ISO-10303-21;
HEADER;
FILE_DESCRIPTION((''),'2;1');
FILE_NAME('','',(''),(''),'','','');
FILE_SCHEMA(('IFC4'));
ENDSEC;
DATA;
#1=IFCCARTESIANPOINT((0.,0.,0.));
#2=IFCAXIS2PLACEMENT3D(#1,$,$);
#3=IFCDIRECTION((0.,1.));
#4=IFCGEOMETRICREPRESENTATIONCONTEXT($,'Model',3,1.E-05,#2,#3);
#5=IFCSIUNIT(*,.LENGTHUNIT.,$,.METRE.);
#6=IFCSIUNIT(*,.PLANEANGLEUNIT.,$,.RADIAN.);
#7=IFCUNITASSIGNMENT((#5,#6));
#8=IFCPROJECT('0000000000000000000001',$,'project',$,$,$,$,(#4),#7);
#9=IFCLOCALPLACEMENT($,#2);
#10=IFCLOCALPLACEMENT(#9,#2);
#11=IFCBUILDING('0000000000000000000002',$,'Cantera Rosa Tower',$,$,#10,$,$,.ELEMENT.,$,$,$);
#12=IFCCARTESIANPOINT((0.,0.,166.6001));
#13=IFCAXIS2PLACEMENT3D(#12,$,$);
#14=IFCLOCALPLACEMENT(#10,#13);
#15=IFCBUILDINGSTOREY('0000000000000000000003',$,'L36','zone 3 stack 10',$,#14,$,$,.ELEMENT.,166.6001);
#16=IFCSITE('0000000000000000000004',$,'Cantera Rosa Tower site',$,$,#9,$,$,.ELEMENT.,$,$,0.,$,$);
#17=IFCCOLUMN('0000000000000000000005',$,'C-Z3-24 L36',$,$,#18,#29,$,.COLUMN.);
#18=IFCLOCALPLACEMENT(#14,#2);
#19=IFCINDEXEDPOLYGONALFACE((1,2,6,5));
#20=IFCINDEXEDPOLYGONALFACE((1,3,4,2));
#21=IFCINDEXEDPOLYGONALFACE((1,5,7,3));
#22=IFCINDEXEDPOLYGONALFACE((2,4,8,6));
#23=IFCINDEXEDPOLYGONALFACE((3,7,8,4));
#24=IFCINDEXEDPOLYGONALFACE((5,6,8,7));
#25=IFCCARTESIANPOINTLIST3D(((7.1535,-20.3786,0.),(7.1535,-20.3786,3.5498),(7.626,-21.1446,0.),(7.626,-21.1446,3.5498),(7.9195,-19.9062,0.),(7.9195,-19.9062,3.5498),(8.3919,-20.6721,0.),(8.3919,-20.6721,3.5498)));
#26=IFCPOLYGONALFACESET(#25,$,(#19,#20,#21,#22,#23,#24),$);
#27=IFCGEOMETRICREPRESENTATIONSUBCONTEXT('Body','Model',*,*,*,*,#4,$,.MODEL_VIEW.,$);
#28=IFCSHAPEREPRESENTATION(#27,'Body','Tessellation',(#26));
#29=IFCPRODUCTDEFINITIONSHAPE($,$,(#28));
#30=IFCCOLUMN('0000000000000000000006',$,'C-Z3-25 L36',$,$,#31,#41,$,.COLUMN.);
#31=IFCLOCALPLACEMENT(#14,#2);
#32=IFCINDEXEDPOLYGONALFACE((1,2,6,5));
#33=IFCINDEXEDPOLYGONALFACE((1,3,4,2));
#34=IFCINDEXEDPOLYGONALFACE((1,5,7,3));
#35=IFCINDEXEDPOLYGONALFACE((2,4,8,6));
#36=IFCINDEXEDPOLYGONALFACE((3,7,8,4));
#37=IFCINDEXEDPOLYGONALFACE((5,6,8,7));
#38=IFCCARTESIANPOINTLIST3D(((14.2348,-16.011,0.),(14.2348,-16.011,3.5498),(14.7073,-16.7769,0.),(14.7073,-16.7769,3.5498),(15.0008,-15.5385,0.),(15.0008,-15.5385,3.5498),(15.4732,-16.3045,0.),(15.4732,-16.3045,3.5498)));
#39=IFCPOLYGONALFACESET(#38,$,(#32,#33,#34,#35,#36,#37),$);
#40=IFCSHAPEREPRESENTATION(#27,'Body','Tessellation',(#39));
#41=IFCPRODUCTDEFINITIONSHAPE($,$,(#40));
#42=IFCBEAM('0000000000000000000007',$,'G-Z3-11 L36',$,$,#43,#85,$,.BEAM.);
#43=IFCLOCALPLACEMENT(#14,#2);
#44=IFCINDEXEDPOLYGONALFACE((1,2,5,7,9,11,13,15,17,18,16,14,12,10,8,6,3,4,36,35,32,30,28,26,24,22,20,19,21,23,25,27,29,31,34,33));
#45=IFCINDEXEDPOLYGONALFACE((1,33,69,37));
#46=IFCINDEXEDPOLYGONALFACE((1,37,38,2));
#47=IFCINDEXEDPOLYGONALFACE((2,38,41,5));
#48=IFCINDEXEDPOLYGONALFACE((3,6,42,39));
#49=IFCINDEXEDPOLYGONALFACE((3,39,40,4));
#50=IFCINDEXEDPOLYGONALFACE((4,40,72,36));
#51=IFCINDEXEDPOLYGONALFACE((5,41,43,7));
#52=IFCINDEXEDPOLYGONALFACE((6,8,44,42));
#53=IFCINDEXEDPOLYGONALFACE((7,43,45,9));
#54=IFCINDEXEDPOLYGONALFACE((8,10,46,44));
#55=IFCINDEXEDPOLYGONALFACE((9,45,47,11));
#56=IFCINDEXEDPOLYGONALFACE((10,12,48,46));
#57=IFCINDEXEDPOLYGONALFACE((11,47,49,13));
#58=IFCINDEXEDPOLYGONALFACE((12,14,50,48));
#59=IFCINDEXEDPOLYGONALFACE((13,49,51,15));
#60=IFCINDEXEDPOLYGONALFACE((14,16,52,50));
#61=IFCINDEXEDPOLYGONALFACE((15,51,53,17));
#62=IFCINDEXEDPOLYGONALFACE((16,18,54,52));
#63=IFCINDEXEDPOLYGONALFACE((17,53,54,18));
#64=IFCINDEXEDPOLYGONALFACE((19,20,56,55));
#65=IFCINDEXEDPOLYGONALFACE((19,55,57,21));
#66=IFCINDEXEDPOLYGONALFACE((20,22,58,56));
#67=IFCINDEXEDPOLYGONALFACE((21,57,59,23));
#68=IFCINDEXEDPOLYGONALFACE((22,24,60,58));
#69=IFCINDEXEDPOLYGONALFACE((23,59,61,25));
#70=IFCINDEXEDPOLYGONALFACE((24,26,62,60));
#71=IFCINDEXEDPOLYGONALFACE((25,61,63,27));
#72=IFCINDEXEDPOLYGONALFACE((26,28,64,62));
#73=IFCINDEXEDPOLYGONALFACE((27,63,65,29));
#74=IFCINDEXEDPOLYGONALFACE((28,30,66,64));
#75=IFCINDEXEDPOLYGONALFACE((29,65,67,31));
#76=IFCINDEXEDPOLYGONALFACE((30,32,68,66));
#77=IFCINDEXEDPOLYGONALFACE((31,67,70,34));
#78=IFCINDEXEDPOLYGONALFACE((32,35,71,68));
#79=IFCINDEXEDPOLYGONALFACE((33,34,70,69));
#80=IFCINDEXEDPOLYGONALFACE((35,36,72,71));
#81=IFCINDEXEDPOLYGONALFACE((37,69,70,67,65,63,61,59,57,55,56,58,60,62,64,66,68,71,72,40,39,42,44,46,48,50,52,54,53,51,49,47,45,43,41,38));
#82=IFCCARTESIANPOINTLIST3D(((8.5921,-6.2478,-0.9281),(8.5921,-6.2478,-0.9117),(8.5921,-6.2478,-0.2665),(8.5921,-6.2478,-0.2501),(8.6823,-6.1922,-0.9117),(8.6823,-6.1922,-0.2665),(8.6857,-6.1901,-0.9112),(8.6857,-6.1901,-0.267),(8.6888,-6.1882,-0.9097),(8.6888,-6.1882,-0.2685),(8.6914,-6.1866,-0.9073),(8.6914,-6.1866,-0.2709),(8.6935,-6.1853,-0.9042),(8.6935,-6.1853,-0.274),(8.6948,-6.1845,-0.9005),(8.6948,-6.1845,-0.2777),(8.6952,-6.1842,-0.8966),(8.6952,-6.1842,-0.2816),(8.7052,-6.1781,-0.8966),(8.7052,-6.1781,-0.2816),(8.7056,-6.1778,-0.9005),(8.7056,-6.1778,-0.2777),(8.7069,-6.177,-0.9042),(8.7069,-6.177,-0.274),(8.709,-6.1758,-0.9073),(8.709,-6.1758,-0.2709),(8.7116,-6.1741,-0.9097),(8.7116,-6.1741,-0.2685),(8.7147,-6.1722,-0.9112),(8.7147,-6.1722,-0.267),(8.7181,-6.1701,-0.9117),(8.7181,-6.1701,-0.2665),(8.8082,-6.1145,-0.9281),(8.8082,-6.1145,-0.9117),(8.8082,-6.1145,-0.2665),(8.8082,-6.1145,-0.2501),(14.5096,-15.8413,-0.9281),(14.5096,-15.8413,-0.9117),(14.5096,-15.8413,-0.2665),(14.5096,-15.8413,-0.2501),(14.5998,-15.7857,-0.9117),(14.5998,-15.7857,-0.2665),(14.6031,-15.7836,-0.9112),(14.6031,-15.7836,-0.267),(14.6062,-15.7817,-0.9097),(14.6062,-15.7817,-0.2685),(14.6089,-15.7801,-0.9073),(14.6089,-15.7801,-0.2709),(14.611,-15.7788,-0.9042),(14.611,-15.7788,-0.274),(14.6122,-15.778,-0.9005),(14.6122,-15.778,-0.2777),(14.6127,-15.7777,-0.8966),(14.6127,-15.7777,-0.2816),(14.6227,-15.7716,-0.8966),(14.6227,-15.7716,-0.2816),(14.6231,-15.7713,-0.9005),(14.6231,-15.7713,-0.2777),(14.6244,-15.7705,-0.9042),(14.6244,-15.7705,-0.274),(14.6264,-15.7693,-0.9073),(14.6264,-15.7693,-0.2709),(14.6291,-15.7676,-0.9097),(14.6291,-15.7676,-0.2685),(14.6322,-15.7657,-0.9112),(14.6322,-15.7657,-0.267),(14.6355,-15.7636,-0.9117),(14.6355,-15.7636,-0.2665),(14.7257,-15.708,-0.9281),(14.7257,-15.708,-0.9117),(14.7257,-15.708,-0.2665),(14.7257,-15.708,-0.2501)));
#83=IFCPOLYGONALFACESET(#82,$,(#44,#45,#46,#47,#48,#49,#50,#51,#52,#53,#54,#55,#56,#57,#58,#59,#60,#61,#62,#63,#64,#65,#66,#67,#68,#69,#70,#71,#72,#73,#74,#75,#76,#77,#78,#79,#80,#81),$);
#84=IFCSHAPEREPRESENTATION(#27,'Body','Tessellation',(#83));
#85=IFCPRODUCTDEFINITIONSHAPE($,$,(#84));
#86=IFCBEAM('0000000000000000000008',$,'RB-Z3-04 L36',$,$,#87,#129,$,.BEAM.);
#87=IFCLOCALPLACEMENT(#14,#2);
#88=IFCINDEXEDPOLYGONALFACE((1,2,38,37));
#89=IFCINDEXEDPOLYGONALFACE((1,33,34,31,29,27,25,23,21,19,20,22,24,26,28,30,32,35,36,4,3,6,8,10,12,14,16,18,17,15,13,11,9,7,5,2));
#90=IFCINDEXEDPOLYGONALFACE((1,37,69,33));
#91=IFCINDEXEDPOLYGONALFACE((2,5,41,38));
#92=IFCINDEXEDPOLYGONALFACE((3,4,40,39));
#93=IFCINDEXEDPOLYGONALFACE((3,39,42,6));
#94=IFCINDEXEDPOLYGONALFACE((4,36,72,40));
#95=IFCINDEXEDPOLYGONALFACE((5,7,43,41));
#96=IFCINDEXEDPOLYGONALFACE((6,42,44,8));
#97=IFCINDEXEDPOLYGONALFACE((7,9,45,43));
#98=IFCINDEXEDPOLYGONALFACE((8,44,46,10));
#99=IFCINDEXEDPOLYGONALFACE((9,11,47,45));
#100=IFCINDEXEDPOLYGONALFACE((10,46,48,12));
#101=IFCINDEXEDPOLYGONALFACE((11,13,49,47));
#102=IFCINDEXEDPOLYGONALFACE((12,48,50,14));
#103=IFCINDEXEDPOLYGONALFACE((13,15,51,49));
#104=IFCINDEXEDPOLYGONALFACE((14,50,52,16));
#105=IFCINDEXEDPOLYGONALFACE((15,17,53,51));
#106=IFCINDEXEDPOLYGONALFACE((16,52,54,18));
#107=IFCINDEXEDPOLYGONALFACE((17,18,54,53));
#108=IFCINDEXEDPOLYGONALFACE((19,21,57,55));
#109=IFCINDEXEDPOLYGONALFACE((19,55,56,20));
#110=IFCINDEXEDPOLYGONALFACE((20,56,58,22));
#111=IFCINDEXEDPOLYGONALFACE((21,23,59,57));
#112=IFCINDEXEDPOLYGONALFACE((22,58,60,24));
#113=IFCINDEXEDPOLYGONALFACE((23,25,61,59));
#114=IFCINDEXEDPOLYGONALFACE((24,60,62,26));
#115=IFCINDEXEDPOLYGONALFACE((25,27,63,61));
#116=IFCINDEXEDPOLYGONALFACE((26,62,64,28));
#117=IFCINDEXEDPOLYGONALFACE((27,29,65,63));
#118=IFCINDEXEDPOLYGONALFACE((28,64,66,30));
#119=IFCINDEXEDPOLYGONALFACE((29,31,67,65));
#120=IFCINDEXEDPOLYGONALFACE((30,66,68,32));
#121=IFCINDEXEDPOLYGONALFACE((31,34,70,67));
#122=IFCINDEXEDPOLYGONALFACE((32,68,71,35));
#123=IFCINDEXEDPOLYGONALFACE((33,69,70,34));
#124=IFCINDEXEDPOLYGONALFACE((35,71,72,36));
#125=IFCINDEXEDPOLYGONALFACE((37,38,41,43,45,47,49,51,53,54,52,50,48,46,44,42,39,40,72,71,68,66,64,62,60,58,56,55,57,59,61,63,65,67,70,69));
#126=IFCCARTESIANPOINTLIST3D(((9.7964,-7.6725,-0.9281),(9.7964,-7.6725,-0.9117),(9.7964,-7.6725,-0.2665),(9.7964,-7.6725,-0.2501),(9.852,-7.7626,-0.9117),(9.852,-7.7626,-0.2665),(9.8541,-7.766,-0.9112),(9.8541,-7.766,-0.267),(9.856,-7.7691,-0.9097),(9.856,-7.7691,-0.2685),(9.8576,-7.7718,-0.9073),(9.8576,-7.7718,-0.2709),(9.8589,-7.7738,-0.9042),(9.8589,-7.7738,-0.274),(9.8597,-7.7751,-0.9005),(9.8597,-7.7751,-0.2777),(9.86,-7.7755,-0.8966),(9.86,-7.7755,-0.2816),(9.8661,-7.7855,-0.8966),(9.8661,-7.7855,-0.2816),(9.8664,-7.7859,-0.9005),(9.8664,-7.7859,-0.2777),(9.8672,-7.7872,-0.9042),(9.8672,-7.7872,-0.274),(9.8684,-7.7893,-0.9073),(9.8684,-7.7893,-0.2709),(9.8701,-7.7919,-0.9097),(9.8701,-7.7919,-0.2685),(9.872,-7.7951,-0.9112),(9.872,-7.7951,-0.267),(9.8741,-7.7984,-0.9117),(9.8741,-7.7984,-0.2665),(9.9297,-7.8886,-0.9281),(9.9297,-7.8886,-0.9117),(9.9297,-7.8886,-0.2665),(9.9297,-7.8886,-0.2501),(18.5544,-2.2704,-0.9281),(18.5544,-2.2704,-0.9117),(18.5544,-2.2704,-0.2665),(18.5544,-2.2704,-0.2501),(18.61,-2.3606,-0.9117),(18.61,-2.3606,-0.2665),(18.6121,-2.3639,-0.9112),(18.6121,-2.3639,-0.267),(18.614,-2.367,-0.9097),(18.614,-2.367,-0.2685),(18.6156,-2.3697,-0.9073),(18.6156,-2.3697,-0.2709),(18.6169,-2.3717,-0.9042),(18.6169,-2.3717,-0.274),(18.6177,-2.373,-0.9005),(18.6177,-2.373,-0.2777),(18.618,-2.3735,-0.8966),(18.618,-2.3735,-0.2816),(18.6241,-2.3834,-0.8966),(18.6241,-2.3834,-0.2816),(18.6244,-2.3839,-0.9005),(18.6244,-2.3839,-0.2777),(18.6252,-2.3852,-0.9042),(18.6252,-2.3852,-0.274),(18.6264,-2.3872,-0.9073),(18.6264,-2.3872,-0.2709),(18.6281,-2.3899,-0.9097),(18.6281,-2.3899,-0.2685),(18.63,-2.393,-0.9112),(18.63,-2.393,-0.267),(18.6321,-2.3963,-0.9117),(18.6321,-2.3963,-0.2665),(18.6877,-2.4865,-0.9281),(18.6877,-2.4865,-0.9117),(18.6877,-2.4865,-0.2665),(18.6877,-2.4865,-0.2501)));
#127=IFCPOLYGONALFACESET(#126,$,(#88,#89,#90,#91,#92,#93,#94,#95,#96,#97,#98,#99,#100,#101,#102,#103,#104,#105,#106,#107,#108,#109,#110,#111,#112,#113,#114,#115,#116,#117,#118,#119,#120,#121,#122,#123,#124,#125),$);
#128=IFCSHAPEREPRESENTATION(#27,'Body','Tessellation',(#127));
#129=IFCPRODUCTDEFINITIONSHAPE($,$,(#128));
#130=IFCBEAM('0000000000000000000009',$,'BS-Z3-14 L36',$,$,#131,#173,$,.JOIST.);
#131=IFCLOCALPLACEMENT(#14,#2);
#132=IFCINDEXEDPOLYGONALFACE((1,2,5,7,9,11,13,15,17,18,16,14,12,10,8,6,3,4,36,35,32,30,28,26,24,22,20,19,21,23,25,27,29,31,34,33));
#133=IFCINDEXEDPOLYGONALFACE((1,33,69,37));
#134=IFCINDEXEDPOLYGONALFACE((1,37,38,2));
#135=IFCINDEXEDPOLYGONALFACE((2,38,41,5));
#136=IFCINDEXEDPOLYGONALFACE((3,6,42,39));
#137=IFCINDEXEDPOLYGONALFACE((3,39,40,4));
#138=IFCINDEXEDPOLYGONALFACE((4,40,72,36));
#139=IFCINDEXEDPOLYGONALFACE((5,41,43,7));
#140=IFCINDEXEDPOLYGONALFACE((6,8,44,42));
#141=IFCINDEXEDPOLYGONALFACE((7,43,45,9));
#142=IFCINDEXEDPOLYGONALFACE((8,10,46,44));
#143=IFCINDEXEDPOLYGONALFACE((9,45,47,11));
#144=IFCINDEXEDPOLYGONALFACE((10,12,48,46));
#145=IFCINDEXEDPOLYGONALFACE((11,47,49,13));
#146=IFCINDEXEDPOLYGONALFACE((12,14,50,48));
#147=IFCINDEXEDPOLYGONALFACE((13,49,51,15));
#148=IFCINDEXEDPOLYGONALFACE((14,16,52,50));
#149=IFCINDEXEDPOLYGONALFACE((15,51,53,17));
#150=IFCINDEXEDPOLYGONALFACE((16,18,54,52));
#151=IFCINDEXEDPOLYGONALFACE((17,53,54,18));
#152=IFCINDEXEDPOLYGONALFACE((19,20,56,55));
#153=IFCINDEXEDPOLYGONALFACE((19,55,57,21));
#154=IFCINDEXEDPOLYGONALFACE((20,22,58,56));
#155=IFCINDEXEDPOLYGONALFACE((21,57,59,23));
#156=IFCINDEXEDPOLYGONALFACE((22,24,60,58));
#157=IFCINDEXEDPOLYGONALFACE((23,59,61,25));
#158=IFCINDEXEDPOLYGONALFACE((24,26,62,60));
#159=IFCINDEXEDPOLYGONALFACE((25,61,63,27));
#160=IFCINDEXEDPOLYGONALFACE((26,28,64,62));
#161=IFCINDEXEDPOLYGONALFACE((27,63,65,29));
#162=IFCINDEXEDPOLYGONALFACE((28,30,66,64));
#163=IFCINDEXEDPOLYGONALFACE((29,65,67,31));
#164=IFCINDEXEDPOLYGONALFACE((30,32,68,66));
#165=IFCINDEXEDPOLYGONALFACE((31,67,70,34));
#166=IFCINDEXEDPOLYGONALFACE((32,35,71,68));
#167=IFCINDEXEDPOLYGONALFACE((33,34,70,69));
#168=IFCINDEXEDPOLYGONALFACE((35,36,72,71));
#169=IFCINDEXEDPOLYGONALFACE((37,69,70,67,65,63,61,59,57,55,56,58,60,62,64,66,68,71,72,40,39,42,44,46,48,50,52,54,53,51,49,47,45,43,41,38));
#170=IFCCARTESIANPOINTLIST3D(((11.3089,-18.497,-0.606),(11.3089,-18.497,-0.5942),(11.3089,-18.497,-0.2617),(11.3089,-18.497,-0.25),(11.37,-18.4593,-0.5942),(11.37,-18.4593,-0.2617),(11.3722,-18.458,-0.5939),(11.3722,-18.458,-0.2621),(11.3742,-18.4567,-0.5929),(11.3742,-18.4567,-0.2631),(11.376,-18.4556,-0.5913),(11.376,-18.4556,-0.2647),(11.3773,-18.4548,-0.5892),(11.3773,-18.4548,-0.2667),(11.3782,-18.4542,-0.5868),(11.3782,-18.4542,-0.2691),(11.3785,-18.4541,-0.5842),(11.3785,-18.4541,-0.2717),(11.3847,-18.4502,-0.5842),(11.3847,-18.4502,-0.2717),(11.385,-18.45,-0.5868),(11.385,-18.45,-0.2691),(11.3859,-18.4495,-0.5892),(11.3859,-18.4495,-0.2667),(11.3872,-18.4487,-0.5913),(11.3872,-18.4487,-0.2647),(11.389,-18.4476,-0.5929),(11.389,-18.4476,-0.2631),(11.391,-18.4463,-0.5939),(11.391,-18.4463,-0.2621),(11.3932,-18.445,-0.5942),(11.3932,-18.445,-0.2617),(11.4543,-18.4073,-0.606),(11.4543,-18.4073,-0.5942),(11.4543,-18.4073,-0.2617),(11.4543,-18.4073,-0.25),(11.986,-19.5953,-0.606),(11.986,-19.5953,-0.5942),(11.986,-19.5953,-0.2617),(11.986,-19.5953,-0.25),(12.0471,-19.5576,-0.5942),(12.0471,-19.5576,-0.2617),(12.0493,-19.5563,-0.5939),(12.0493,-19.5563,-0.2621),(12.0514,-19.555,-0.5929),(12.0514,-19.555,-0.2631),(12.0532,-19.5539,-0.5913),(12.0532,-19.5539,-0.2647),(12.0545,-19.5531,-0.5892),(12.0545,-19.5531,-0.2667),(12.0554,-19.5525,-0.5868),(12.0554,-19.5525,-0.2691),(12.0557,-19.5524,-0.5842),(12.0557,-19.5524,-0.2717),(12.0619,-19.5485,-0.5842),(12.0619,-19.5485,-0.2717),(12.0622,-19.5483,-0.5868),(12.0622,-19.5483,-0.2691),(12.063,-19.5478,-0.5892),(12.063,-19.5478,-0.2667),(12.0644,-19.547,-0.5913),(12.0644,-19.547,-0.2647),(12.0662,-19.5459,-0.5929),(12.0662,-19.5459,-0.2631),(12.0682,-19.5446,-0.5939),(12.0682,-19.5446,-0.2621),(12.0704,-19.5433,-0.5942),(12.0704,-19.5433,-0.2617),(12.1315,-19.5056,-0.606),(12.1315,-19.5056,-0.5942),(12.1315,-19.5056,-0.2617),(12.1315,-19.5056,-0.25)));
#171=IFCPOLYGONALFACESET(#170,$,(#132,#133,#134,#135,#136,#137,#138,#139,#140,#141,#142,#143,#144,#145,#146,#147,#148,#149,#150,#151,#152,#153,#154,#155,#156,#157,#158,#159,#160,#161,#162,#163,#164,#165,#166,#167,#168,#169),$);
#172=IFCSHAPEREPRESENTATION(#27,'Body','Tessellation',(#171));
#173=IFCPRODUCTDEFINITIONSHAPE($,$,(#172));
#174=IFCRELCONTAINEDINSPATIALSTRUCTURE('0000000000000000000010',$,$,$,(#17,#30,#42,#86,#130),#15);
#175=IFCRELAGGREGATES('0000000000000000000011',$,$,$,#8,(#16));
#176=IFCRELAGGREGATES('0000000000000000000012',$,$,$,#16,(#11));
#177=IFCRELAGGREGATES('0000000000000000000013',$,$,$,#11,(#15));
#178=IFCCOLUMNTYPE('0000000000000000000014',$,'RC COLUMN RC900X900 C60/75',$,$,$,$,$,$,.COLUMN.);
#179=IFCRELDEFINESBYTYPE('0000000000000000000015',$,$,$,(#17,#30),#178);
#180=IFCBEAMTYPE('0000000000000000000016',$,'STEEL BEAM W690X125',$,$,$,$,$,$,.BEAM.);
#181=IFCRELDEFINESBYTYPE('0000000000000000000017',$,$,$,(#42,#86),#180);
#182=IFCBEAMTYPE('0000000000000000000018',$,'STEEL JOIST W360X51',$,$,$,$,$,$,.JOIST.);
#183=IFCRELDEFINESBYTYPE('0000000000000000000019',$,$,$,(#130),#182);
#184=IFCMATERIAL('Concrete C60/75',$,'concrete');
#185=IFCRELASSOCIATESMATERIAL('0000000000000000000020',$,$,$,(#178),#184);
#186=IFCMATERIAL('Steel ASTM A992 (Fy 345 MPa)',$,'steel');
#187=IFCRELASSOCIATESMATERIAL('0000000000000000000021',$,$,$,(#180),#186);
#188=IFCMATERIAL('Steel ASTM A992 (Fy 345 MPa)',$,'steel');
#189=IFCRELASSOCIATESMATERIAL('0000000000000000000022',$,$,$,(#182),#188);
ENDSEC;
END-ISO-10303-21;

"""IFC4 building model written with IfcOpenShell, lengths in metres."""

from ifc_helpers import new_model, si_unit, direction, frame, origin, origin_2d, place, context, subcontext, project, spatial, rectangle, i_section, extrude, material, material_profile, profile_set, type_object, element, save


model = new_model("IFC4")

# Units and contexts
model_context = context("Model", 3, precision=1e-05, world=origin(), true_north=direction((0.0, 1.0)))
body_context = subcontext(model_context, "Body", "Model", "MODEL_VIEW")
ifc_project = project(units=[si_unit("LENGTHUNIT", "METRE"), si_unit("PLANEANGLEUNIT", "RADIAN")], contexts=[model_context])

# Site, building, storey
site_placement = place(None, origin())
site = spatial("IfcSite", under=ifc_project, at=site_placement, Name="Cantera Rosa Tower site", CompositionType="ELEMENT", RefElevation=0.0)
building_placement = place(site_placement, origin())
building = spatial("IfcBuilding", under=site, at=building_placement, Name="Cantera Rosa Tower", CompositionType="ELEMENT")
storey_placement = place(building_placement, frame((0.0, 0.0, 166.6001)))
storey = spatial("IfcBuildingStorey", under=building, at=storey_placement, Name="L36", Description="zone 3 stack 10", CompositionType="ELEMENT", Elevation=166.6001)

# Columns
ifc_material_1 = material(Name="Concrete C60/75", Category="concrete")
ifc_material_profile_1 = material_profile(ifc_material_1, rectangle(XDim=0.8999, YDim=0.8999, at=origin_2d()), Name="RC COLUMN RC900X900 C60/75")
ifc_profile_set_1 = profile_set([ifc_material_profile_1], Name="Concrete C60/75")
column_type = type_object("IfcColumnType", Name="RC COLUMN RC900X900 C60/75", PredefinedType="COLUMN", material=ifc_profile_set_1)
for number, where, z_axis, x_axis, name in (
    (1, (7.7727, -20.5254, 0.0), (0.0, 0.0, 1.0), (0.851117, 0.524977, 0.0), "C-Z3-24 L36"),
    (2, (14.854, -16.1577, 0.0), (0.0, 0.0, 1.0), (0.851117, 0.524977, 0.0), "C-Z3-25 L36"),
):
    element("IfcColumn", number, at=place(storey_placement, frame(where, z_axis=z_axis, x_axis=x_axis)), inside=storey, type_object=column_type, Name=name, PredefinedType="COLUMN", context=body_context, shape_type="SweptSolid", body=[
        extrude(rectangle(XDim=0.8999, YDim=0.8999, at=origin_2d()), origin(), (0.0, 0.0, 1.0), 3.5498),
    ])

# Beams
ifc_material_2 = material(Name="Steel ASTM A992 (Fy 345 MPa)", Category="steel")
ifc_material_profile_2 = material_profile(ifc_material_2, i_section(OverallWidth=0.2539, OverallDepth=0.678, WebThickness=0.0117, FlangeThickness=0.0164, FilletRadius=0.0151, at=origin_2d()), Name="W690X125")
ifc_profile_set_2 = profile_set([ifc_material_profile_2], Name="Steel ASTM A992 (Fy 345 MPa)")
beam_type_1 = type_object("IfcBeamType", Name="STEEL BEAM W690X125", PredefinedType="BEAM", material=ifc_profile_set_2)
beam_1_placement = place(storey_placement, frame((14.6177, -15.7747, -0.5891), z_axis=(-0.524984, 0.851112, 0.0), x_axis=(-0.851112, -0.524984, 0.0)))
element("IfcBeam", 3, at=beam_1_placement, inside=storey, type_object=beam_type_1, Name="G-Z3-11 L36", PredefinedType="BEAM", context=body_context, shape_type="SweptSolid", body=[
    extrude(i_section(OverallWidth=0.2539, OverallDepth=0.678, WebThickness=0.0117, FlangeThickness=0.0164, FilletRadius=0.0151, at=origin_2d()), origin(), (0.0, 0.0, 1.0), 11.2717),
])
beam_2_placement = place(storey_placement, frame((9.863, -7.7805, -0.5891), z_axis=(0.851115, 0.52498, 0.0), x_axis=(-0.52498, 0.851115, 0.0)))
element("IfcBeam", 4, at=beam_2_placement, inside=storey, type_object=beam_type_1, Name="RB-Z3-04 L36", PredefinedType="BEAM", context=body_context, shape_type="SweptSolid", body=[
    extrude(i_section(OverallWidth=0.2539, OverallDepth=0.678, WebThickness=0.0117, FlangeThickness=0.0164, FilletRadius=0.0151, at=origin_2d()), origin(), (0.0, 0.0, 1.0), 10.29),
])
ifc_material_3 = material(Name="Steel ASTM A992 (Fy 345 MPa)", Category="steel")
ifc_material_profile_3 = material_profile(ifc_material_3, i_section(OverallWidth=0.1709, OverallDepth=0.356, WebThickness=0.0073, FlangeThickness=0.0117, FilletRadius=0.01, at=origin_2d()), Name="W360X51")
ifc_profile_set_3 = profile_set([ifc_material_profile_3], Name="Steel ASTM A992 (Fy 345 MPa)")
beam_type_2 = type_object("IfcBeamType", Name="STEEL JOIST W360X51", PredefinedType="JOIST", material=ifc_profile_set_3)
beam_3_placement = place(storey_placement, frame((11.3816, -18.4521, -0.428), z_axis=(0.524836, -0.851203, 0.0), x_axis=(0.851203, 0.524836, 0.0)))
element("IfcBeam", 5, at=beam_3_placement, inside=storey, type_object=beam_type_2, Name="BS-Z3-14 L36", PredefinedType="JOIST", context=body_context, shape_type="SweptSolid", body=[
    extrude(i_section(OverallWidth=0.1709, OverallDepth=0.356, WebThickness=0.0073, FlangeThickness=0.0117, FilletRadius=0.01, at=origin_2d()), origin(), (0.0, 0.0, 1.0), 1.2903),
])

save(model, "model.ifc")
